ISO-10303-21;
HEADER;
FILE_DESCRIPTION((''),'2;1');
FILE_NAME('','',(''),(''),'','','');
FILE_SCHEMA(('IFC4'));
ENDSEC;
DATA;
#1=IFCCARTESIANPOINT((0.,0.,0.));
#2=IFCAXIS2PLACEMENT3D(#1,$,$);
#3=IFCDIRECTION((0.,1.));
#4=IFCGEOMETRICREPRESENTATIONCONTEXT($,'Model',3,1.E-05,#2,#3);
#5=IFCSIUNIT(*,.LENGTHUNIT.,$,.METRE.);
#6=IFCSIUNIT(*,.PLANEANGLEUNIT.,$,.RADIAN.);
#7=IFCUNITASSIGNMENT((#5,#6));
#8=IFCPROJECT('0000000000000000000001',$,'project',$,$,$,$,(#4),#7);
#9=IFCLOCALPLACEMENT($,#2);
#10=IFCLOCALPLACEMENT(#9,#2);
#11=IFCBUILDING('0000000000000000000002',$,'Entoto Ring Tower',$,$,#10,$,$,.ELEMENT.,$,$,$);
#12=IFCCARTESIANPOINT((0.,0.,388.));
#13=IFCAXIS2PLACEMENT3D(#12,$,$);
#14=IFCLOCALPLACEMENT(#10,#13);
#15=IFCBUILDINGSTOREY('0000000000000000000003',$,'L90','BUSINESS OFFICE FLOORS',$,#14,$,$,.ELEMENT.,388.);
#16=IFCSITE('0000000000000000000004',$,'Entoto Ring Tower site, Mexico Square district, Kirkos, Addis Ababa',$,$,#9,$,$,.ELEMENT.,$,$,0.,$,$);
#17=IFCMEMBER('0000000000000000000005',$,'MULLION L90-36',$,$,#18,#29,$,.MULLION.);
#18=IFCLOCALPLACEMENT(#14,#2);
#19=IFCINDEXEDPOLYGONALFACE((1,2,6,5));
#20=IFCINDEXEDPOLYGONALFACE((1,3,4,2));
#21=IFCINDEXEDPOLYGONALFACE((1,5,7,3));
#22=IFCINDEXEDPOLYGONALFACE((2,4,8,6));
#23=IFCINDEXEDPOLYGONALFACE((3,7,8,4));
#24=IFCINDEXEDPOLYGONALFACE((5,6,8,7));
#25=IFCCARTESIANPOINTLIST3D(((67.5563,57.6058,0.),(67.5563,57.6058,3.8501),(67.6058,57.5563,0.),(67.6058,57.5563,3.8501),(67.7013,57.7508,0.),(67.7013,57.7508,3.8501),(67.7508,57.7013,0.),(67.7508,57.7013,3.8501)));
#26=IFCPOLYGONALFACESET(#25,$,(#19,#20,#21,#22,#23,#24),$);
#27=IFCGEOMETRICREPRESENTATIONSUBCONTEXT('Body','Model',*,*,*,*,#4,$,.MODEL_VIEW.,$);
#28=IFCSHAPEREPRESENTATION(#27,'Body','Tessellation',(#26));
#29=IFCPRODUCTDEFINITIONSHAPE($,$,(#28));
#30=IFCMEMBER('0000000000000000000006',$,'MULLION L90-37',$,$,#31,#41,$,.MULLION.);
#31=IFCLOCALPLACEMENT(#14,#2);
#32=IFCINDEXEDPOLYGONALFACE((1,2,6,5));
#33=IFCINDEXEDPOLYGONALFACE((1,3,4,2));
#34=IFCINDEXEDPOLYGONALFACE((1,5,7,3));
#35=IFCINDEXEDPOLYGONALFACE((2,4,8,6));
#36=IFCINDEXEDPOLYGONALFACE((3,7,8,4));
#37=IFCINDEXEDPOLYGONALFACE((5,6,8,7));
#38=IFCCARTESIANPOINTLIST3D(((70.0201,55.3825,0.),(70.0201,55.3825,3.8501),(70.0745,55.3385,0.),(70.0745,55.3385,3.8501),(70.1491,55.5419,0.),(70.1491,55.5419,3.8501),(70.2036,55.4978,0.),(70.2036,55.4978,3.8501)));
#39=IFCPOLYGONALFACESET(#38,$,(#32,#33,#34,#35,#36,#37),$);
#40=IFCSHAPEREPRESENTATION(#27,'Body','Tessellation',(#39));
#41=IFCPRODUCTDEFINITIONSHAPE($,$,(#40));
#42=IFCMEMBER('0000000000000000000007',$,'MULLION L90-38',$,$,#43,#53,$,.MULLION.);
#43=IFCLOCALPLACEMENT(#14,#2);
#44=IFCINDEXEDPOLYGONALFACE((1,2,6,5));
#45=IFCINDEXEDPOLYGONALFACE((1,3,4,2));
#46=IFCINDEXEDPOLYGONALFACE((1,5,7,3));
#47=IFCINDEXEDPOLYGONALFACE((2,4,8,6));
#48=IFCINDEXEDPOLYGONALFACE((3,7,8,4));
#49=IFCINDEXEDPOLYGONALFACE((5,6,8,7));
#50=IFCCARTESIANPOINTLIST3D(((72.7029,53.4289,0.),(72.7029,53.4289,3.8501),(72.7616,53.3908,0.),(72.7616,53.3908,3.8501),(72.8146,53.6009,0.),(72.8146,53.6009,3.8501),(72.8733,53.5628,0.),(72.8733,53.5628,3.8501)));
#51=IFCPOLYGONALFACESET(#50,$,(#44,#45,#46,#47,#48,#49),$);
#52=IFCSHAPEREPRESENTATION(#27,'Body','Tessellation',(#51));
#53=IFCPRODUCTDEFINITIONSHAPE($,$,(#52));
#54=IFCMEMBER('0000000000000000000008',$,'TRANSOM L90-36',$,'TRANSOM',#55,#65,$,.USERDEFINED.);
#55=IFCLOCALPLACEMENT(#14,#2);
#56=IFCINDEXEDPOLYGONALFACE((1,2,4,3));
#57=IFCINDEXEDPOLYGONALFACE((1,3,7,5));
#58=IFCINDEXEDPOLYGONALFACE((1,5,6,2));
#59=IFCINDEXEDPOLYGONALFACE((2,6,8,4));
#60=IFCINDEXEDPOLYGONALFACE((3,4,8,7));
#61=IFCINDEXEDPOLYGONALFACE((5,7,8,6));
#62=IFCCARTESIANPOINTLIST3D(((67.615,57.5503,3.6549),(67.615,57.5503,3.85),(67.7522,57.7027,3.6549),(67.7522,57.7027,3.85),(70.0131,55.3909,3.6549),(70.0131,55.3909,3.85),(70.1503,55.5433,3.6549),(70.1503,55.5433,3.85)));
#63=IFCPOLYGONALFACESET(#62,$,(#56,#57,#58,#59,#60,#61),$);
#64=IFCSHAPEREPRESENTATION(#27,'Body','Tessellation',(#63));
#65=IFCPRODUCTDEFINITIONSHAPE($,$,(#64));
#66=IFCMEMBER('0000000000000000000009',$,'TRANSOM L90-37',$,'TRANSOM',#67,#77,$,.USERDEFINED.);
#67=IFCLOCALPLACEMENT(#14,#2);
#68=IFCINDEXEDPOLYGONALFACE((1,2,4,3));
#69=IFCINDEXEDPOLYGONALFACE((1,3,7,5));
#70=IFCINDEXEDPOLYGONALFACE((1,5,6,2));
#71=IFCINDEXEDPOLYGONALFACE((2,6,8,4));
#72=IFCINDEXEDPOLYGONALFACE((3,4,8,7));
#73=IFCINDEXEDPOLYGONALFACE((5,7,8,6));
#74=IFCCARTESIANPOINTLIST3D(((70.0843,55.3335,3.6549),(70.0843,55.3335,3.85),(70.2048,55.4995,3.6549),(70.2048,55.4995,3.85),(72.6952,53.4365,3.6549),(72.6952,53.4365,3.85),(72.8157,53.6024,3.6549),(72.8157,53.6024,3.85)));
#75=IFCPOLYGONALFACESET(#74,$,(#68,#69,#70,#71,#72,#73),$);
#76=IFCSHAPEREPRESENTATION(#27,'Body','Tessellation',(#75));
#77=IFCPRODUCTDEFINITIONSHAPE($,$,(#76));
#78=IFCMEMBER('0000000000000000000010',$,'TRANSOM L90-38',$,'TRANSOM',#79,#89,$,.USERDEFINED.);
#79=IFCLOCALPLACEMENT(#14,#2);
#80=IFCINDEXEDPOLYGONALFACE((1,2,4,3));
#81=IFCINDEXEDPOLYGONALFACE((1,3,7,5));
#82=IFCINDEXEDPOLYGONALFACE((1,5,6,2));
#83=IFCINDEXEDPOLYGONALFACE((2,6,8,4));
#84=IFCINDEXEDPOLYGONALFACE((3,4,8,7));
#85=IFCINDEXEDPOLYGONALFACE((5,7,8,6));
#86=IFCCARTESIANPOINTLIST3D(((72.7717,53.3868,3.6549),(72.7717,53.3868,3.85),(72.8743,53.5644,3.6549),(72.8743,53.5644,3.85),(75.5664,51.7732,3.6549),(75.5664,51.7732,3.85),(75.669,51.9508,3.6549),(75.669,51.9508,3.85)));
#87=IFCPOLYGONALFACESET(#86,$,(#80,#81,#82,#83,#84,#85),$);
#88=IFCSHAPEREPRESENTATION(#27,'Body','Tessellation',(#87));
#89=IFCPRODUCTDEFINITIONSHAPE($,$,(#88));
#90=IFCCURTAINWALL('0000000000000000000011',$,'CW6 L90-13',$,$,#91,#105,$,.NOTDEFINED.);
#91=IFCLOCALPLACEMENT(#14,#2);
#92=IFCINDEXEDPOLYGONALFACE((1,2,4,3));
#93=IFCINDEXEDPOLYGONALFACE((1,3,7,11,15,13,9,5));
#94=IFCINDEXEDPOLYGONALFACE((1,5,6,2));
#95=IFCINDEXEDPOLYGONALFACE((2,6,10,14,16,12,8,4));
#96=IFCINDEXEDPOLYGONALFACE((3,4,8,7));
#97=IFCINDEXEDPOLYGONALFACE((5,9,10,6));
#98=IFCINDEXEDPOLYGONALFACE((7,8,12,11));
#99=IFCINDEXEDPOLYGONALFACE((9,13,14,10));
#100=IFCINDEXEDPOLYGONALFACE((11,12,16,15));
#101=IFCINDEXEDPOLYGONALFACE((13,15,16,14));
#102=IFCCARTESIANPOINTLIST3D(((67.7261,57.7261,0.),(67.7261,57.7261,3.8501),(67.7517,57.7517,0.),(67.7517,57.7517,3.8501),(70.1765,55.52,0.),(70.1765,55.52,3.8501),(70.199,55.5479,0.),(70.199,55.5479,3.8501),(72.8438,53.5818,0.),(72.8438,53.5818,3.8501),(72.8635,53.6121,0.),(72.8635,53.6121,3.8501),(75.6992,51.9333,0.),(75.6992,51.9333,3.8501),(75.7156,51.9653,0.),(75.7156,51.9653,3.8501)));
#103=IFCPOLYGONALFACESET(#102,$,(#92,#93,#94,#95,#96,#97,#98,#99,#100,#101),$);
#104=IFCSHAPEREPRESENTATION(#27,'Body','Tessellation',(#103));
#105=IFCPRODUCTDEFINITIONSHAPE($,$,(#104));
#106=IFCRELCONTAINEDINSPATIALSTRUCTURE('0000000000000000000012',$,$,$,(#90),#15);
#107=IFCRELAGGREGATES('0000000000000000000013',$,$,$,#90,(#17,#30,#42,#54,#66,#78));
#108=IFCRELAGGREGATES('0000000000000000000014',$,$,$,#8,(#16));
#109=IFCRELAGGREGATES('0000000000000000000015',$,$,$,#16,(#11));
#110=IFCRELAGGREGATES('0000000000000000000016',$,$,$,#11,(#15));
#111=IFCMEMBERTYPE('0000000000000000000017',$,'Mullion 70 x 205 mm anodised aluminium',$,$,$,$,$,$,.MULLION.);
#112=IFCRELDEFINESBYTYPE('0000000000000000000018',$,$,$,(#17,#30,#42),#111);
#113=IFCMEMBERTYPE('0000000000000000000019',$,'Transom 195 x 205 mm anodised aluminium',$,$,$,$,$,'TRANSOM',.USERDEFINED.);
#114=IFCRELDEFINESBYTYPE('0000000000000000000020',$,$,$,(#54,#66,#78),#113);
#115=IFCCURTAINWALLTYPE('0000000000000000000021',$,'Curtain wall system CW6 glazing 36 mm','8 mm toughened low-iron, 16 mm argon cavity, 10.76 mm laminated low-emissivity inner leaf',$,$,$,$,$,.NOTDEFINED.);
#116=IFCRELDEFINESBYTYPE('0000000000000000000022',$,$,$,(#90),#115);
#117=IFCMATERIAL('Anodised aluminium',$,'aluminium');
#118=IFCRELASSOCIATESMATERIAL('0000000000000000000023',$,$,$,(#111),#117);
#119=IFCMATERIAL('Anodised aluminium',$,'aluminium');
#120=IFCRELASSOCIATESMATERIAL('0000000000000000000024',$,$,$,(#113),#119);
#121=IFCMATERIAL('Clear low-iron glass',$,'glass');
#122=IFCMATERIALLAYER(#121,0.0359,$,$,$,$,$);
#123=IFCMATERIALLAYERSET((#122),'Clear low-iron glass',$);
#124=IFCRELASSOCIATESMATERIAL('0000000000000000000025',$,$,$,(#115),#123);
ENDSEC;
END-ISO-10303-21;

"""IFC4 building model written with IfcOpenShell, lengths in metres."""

from ifc_helpers import new_model, si_unit, direction, frame, origin, origin_2d, place, context, subcontext, project, spatial, polyline, rectangle, outline, extrude, material, layer, layer_set, material_profile, profile_set, type_object, element, aggregate, save


model = new_model("IFC4")

# Units and contexts
model_context = context("Model", 3, precision=1e-05, world=origin(), true_north=direction((0.0, 1.0)))
body_context = subcontext(model_context, "Body", "Model", "MODEL_VIEW")
ifc_project = project(units=[si_unit("LENGTHUNIT", "METRE"), si_unit("PLANEANGLEUNIT", "RADIAN")], contexts=[model_context])

# Members
ifc_material_1 = material(Name="Anodised aluminium", Category="aluminium")
ifc_material_profile_1 = material_profile(ifc_material_1, rectangle(XDim=0.0701, YDim=0.2051, at=origin_2d()), Name="Mullion 70 x 205 mm anodised aluminium")
ifc_profile_set_1 = profile_set([ifc_material_profile_1], Name="Anodised aluminium")
member_type_1 = type_object("IfcMemberType", Name="Mullion 70 x 205 mm anodised aluminium", PredefinedType="MULLION", material=ifc_profile_set_1)
site_placement = place(None, origin())
building_placement = place(site_placement, origin())
storey_placement = place(building_placement, frame((0.0, 0.0, 388.0)))
member_1_placement = place(storey_placement, frame((67.6536, 57.6536, 0.0), z_axis=(0.0, 0.0, 1.0), x_axis=(0.707107, -0.707107, 0.0)))
member_1 = element("IfcMember", 1, at=member_1_placement, type_object=member_type_1, Name="MULLION L90-36", PredefinedType="MULLION", context=body_context, shape_type="SweptSolid", body=[
    extrude(rectangle(XDim=0.0701, YDim=0.2051, at=origin_2d()), origin(), (0.0, 0.0, 1.0), 3.8501),
])
member_2_placement = place(storey_placement, frame((70.1118, 55.4402, 0.0), z_axis=(0.0, 0.0, 1.0), x_axis=(0.777146, -0.62932, 0.0)))
member_2 = element("IfcMember", 2, at=member_2_placement, type_object=member_type_1, Name="MULLION L90-37", PredefinedType="MULLION", context=body_context, shape_type="SweptSolid", body=[
    extrude(rectangle(XDim=0.0701, YDim=0.2051, at=origin_2d()), origin(), (0.0, 0.0, 1.0), 3.8501),
])
member_3_placement = place(storey_placement, frame((72.7881, 53.4958, 0.0), z_axis=(0.0, 0.0, 1.0), x_axis=(0.838671, -0.544639, 0.0)))
member_3 = element("IfcMember", 3, at=member_3_placement, type_object=member_type_1, Name="MULLION L90-38", PredefinedType="MULLION", context=body_context, shape_type="SweptSolid", body=[
    extrude(rectangle(XDim=0.0701, YDim=0.2051, at=origin_2d()), origin(), (0.0, 0.0, 1.0), 3.8501),
])
ifc_material_2 = material(Name="Anodised aluminium", Category="aluminium")
ifc_material_profile_2 = material_profile(ifc_material_2, rectangle(XDim=0.2051, YDim=0.1951, at=origin_2d()), Name="Transom 195 x 205 mm anodised aluminium")
ifc_profile_set_2 = profile_set([ifc_material_profile_2], Name="Anodised aluminium")
member_type_2 = type_object("IfcMemberType", Name="Transom 195 x 205 mm anodised aluminium", ElementType="TRANSOM", PredefinedType="USERDEFINED", material=ifc_profile_set_2)
member_4_placement = place(storey_placement, frame((67.6836, 57.6265, 3.7524), z_axis=(0.743132, -0.669144, 0.0), x_axis=(0.669144, 0.743132, 0.0)))
member_4 = element("IfcMember", 4, at=member_4_placement, type_object=member_type_2, Name="TRANSOM L90-36", ObjectType="TRANSOM", PredefinedType="USERDEFINED", context=body_context, shape_type="SweptSolid", body=[
    extrude(rectangle(XDim=0.2051, YDim=0.1951, at=origin_2d()), origin(), (0.0, 0.0, 1.0), 3.2271),
])
member_5_placement = place(storey_placement, frame((70.1445, 55.4165, 3.7524), z_axis=(0.809004, -0.587803, 0.0), x_axis=(0.587803, 0.809004, 0.0)))
member_5 = element("IfcMember", 5, at=member_5_placement, type_object=member_type_2, Name="TRANSOM L90-37", ObjectType="TRANSOM", PredefinedType="USERDEFINED", context=body_context, shape_type="SweptSolid", body=[
    extrude(rectangle(XDim=0.2051, YDim=0.1951, at=origin_2d()), origin(), (0.0, 0.0, 1.0), 3.2273),
])
member_6_placement = place(storey_placement, frame((72.823, 53.4756, 3.7524), z_axis=(0.866023, -0.500004, 0.0), x_axis=(0.500004, 0.866023, 0.0)))
member_6 = element("IfcMember", 6, at=member_6_placement, type_object=member_type_2, Name="TRANSOM L90-38", ObjectType="TRANSOM", PredefinedType="USERDEFINED", context=body_context, shape_type="SweptSolid", body=[
    extrude(rectangle(XDim=0.2051, YDim=0.1951, at=origin_2d()), origin(), (0.0, 0.0, 1.0), 3.2271),
])

# Site, building, storey
site = spatial("IfcSite", under=ifc_project, at=site_placement, Name="Entoto Ring Tower site, Mexico Square district, Kirkos, Addis Ababa", CompositionType="ELEMENT", RefElevation=0.0)
building = spatial("IfcBuilding", under=site, at=building_placement, Name="Entoto Ring Tower", CompositionType="ELEMENT")
storey = spatial("IfcBuildingStorey", under=building, at=storey_placement, Name="L90", Description="BUSINESS OFFICE FLOORS", CompositionType="ELEMENT", Elevation=388.0)

# Curtain wall
ifc_material_3 = material(Name="Clear low-iron glass", Category="glass")
ifc_layer = layer(ifc_material_3, 0.0359)
ifc_layer_set = layer_set([ifc_layer], Name="Clear low-iron glass")
curtain_wall_type = type_object("IfcCurtainWallType", Name="Curtain wall system CW6 glazing 36 mm", Description="8 mm toughened low-iron, 16 mm argon cavity, 10.76 mm laminated low-emissivity inner leaf", PredefinedType="NOTDEFINED", material=ifc_layer_set)
curtain_wall_1_placement = place(storey_placement, origin())
curtain_wall_1 = element("IfcCurtainWall", 7, at=curtain_wall_1_placement, inside=storey, type_object=curtain_wall_type, Name="CW6 L90-13", PredefinedType="NOTDEFINED", context=body_context, shape_type="SweptSolid", body=[
    extrude(outline(polyline([(67.7261, 57.7261), (70.1765, 55.52), (72.8438, 53.5818), (75.6992, 51.9333), (75.7156, 51.9653), (72.8635, 53.6121), (70.199, 55.5479), (67.7517, 57.7517), (67.7261, 57.7261)])), origin(), (0.0, 0.0, 1.0), 3.8501),
])
aggregate(curtain_wall_1, [member_1, member_2, member_3, member_4, member_5, member_6])

save(model, "model.ifc")
